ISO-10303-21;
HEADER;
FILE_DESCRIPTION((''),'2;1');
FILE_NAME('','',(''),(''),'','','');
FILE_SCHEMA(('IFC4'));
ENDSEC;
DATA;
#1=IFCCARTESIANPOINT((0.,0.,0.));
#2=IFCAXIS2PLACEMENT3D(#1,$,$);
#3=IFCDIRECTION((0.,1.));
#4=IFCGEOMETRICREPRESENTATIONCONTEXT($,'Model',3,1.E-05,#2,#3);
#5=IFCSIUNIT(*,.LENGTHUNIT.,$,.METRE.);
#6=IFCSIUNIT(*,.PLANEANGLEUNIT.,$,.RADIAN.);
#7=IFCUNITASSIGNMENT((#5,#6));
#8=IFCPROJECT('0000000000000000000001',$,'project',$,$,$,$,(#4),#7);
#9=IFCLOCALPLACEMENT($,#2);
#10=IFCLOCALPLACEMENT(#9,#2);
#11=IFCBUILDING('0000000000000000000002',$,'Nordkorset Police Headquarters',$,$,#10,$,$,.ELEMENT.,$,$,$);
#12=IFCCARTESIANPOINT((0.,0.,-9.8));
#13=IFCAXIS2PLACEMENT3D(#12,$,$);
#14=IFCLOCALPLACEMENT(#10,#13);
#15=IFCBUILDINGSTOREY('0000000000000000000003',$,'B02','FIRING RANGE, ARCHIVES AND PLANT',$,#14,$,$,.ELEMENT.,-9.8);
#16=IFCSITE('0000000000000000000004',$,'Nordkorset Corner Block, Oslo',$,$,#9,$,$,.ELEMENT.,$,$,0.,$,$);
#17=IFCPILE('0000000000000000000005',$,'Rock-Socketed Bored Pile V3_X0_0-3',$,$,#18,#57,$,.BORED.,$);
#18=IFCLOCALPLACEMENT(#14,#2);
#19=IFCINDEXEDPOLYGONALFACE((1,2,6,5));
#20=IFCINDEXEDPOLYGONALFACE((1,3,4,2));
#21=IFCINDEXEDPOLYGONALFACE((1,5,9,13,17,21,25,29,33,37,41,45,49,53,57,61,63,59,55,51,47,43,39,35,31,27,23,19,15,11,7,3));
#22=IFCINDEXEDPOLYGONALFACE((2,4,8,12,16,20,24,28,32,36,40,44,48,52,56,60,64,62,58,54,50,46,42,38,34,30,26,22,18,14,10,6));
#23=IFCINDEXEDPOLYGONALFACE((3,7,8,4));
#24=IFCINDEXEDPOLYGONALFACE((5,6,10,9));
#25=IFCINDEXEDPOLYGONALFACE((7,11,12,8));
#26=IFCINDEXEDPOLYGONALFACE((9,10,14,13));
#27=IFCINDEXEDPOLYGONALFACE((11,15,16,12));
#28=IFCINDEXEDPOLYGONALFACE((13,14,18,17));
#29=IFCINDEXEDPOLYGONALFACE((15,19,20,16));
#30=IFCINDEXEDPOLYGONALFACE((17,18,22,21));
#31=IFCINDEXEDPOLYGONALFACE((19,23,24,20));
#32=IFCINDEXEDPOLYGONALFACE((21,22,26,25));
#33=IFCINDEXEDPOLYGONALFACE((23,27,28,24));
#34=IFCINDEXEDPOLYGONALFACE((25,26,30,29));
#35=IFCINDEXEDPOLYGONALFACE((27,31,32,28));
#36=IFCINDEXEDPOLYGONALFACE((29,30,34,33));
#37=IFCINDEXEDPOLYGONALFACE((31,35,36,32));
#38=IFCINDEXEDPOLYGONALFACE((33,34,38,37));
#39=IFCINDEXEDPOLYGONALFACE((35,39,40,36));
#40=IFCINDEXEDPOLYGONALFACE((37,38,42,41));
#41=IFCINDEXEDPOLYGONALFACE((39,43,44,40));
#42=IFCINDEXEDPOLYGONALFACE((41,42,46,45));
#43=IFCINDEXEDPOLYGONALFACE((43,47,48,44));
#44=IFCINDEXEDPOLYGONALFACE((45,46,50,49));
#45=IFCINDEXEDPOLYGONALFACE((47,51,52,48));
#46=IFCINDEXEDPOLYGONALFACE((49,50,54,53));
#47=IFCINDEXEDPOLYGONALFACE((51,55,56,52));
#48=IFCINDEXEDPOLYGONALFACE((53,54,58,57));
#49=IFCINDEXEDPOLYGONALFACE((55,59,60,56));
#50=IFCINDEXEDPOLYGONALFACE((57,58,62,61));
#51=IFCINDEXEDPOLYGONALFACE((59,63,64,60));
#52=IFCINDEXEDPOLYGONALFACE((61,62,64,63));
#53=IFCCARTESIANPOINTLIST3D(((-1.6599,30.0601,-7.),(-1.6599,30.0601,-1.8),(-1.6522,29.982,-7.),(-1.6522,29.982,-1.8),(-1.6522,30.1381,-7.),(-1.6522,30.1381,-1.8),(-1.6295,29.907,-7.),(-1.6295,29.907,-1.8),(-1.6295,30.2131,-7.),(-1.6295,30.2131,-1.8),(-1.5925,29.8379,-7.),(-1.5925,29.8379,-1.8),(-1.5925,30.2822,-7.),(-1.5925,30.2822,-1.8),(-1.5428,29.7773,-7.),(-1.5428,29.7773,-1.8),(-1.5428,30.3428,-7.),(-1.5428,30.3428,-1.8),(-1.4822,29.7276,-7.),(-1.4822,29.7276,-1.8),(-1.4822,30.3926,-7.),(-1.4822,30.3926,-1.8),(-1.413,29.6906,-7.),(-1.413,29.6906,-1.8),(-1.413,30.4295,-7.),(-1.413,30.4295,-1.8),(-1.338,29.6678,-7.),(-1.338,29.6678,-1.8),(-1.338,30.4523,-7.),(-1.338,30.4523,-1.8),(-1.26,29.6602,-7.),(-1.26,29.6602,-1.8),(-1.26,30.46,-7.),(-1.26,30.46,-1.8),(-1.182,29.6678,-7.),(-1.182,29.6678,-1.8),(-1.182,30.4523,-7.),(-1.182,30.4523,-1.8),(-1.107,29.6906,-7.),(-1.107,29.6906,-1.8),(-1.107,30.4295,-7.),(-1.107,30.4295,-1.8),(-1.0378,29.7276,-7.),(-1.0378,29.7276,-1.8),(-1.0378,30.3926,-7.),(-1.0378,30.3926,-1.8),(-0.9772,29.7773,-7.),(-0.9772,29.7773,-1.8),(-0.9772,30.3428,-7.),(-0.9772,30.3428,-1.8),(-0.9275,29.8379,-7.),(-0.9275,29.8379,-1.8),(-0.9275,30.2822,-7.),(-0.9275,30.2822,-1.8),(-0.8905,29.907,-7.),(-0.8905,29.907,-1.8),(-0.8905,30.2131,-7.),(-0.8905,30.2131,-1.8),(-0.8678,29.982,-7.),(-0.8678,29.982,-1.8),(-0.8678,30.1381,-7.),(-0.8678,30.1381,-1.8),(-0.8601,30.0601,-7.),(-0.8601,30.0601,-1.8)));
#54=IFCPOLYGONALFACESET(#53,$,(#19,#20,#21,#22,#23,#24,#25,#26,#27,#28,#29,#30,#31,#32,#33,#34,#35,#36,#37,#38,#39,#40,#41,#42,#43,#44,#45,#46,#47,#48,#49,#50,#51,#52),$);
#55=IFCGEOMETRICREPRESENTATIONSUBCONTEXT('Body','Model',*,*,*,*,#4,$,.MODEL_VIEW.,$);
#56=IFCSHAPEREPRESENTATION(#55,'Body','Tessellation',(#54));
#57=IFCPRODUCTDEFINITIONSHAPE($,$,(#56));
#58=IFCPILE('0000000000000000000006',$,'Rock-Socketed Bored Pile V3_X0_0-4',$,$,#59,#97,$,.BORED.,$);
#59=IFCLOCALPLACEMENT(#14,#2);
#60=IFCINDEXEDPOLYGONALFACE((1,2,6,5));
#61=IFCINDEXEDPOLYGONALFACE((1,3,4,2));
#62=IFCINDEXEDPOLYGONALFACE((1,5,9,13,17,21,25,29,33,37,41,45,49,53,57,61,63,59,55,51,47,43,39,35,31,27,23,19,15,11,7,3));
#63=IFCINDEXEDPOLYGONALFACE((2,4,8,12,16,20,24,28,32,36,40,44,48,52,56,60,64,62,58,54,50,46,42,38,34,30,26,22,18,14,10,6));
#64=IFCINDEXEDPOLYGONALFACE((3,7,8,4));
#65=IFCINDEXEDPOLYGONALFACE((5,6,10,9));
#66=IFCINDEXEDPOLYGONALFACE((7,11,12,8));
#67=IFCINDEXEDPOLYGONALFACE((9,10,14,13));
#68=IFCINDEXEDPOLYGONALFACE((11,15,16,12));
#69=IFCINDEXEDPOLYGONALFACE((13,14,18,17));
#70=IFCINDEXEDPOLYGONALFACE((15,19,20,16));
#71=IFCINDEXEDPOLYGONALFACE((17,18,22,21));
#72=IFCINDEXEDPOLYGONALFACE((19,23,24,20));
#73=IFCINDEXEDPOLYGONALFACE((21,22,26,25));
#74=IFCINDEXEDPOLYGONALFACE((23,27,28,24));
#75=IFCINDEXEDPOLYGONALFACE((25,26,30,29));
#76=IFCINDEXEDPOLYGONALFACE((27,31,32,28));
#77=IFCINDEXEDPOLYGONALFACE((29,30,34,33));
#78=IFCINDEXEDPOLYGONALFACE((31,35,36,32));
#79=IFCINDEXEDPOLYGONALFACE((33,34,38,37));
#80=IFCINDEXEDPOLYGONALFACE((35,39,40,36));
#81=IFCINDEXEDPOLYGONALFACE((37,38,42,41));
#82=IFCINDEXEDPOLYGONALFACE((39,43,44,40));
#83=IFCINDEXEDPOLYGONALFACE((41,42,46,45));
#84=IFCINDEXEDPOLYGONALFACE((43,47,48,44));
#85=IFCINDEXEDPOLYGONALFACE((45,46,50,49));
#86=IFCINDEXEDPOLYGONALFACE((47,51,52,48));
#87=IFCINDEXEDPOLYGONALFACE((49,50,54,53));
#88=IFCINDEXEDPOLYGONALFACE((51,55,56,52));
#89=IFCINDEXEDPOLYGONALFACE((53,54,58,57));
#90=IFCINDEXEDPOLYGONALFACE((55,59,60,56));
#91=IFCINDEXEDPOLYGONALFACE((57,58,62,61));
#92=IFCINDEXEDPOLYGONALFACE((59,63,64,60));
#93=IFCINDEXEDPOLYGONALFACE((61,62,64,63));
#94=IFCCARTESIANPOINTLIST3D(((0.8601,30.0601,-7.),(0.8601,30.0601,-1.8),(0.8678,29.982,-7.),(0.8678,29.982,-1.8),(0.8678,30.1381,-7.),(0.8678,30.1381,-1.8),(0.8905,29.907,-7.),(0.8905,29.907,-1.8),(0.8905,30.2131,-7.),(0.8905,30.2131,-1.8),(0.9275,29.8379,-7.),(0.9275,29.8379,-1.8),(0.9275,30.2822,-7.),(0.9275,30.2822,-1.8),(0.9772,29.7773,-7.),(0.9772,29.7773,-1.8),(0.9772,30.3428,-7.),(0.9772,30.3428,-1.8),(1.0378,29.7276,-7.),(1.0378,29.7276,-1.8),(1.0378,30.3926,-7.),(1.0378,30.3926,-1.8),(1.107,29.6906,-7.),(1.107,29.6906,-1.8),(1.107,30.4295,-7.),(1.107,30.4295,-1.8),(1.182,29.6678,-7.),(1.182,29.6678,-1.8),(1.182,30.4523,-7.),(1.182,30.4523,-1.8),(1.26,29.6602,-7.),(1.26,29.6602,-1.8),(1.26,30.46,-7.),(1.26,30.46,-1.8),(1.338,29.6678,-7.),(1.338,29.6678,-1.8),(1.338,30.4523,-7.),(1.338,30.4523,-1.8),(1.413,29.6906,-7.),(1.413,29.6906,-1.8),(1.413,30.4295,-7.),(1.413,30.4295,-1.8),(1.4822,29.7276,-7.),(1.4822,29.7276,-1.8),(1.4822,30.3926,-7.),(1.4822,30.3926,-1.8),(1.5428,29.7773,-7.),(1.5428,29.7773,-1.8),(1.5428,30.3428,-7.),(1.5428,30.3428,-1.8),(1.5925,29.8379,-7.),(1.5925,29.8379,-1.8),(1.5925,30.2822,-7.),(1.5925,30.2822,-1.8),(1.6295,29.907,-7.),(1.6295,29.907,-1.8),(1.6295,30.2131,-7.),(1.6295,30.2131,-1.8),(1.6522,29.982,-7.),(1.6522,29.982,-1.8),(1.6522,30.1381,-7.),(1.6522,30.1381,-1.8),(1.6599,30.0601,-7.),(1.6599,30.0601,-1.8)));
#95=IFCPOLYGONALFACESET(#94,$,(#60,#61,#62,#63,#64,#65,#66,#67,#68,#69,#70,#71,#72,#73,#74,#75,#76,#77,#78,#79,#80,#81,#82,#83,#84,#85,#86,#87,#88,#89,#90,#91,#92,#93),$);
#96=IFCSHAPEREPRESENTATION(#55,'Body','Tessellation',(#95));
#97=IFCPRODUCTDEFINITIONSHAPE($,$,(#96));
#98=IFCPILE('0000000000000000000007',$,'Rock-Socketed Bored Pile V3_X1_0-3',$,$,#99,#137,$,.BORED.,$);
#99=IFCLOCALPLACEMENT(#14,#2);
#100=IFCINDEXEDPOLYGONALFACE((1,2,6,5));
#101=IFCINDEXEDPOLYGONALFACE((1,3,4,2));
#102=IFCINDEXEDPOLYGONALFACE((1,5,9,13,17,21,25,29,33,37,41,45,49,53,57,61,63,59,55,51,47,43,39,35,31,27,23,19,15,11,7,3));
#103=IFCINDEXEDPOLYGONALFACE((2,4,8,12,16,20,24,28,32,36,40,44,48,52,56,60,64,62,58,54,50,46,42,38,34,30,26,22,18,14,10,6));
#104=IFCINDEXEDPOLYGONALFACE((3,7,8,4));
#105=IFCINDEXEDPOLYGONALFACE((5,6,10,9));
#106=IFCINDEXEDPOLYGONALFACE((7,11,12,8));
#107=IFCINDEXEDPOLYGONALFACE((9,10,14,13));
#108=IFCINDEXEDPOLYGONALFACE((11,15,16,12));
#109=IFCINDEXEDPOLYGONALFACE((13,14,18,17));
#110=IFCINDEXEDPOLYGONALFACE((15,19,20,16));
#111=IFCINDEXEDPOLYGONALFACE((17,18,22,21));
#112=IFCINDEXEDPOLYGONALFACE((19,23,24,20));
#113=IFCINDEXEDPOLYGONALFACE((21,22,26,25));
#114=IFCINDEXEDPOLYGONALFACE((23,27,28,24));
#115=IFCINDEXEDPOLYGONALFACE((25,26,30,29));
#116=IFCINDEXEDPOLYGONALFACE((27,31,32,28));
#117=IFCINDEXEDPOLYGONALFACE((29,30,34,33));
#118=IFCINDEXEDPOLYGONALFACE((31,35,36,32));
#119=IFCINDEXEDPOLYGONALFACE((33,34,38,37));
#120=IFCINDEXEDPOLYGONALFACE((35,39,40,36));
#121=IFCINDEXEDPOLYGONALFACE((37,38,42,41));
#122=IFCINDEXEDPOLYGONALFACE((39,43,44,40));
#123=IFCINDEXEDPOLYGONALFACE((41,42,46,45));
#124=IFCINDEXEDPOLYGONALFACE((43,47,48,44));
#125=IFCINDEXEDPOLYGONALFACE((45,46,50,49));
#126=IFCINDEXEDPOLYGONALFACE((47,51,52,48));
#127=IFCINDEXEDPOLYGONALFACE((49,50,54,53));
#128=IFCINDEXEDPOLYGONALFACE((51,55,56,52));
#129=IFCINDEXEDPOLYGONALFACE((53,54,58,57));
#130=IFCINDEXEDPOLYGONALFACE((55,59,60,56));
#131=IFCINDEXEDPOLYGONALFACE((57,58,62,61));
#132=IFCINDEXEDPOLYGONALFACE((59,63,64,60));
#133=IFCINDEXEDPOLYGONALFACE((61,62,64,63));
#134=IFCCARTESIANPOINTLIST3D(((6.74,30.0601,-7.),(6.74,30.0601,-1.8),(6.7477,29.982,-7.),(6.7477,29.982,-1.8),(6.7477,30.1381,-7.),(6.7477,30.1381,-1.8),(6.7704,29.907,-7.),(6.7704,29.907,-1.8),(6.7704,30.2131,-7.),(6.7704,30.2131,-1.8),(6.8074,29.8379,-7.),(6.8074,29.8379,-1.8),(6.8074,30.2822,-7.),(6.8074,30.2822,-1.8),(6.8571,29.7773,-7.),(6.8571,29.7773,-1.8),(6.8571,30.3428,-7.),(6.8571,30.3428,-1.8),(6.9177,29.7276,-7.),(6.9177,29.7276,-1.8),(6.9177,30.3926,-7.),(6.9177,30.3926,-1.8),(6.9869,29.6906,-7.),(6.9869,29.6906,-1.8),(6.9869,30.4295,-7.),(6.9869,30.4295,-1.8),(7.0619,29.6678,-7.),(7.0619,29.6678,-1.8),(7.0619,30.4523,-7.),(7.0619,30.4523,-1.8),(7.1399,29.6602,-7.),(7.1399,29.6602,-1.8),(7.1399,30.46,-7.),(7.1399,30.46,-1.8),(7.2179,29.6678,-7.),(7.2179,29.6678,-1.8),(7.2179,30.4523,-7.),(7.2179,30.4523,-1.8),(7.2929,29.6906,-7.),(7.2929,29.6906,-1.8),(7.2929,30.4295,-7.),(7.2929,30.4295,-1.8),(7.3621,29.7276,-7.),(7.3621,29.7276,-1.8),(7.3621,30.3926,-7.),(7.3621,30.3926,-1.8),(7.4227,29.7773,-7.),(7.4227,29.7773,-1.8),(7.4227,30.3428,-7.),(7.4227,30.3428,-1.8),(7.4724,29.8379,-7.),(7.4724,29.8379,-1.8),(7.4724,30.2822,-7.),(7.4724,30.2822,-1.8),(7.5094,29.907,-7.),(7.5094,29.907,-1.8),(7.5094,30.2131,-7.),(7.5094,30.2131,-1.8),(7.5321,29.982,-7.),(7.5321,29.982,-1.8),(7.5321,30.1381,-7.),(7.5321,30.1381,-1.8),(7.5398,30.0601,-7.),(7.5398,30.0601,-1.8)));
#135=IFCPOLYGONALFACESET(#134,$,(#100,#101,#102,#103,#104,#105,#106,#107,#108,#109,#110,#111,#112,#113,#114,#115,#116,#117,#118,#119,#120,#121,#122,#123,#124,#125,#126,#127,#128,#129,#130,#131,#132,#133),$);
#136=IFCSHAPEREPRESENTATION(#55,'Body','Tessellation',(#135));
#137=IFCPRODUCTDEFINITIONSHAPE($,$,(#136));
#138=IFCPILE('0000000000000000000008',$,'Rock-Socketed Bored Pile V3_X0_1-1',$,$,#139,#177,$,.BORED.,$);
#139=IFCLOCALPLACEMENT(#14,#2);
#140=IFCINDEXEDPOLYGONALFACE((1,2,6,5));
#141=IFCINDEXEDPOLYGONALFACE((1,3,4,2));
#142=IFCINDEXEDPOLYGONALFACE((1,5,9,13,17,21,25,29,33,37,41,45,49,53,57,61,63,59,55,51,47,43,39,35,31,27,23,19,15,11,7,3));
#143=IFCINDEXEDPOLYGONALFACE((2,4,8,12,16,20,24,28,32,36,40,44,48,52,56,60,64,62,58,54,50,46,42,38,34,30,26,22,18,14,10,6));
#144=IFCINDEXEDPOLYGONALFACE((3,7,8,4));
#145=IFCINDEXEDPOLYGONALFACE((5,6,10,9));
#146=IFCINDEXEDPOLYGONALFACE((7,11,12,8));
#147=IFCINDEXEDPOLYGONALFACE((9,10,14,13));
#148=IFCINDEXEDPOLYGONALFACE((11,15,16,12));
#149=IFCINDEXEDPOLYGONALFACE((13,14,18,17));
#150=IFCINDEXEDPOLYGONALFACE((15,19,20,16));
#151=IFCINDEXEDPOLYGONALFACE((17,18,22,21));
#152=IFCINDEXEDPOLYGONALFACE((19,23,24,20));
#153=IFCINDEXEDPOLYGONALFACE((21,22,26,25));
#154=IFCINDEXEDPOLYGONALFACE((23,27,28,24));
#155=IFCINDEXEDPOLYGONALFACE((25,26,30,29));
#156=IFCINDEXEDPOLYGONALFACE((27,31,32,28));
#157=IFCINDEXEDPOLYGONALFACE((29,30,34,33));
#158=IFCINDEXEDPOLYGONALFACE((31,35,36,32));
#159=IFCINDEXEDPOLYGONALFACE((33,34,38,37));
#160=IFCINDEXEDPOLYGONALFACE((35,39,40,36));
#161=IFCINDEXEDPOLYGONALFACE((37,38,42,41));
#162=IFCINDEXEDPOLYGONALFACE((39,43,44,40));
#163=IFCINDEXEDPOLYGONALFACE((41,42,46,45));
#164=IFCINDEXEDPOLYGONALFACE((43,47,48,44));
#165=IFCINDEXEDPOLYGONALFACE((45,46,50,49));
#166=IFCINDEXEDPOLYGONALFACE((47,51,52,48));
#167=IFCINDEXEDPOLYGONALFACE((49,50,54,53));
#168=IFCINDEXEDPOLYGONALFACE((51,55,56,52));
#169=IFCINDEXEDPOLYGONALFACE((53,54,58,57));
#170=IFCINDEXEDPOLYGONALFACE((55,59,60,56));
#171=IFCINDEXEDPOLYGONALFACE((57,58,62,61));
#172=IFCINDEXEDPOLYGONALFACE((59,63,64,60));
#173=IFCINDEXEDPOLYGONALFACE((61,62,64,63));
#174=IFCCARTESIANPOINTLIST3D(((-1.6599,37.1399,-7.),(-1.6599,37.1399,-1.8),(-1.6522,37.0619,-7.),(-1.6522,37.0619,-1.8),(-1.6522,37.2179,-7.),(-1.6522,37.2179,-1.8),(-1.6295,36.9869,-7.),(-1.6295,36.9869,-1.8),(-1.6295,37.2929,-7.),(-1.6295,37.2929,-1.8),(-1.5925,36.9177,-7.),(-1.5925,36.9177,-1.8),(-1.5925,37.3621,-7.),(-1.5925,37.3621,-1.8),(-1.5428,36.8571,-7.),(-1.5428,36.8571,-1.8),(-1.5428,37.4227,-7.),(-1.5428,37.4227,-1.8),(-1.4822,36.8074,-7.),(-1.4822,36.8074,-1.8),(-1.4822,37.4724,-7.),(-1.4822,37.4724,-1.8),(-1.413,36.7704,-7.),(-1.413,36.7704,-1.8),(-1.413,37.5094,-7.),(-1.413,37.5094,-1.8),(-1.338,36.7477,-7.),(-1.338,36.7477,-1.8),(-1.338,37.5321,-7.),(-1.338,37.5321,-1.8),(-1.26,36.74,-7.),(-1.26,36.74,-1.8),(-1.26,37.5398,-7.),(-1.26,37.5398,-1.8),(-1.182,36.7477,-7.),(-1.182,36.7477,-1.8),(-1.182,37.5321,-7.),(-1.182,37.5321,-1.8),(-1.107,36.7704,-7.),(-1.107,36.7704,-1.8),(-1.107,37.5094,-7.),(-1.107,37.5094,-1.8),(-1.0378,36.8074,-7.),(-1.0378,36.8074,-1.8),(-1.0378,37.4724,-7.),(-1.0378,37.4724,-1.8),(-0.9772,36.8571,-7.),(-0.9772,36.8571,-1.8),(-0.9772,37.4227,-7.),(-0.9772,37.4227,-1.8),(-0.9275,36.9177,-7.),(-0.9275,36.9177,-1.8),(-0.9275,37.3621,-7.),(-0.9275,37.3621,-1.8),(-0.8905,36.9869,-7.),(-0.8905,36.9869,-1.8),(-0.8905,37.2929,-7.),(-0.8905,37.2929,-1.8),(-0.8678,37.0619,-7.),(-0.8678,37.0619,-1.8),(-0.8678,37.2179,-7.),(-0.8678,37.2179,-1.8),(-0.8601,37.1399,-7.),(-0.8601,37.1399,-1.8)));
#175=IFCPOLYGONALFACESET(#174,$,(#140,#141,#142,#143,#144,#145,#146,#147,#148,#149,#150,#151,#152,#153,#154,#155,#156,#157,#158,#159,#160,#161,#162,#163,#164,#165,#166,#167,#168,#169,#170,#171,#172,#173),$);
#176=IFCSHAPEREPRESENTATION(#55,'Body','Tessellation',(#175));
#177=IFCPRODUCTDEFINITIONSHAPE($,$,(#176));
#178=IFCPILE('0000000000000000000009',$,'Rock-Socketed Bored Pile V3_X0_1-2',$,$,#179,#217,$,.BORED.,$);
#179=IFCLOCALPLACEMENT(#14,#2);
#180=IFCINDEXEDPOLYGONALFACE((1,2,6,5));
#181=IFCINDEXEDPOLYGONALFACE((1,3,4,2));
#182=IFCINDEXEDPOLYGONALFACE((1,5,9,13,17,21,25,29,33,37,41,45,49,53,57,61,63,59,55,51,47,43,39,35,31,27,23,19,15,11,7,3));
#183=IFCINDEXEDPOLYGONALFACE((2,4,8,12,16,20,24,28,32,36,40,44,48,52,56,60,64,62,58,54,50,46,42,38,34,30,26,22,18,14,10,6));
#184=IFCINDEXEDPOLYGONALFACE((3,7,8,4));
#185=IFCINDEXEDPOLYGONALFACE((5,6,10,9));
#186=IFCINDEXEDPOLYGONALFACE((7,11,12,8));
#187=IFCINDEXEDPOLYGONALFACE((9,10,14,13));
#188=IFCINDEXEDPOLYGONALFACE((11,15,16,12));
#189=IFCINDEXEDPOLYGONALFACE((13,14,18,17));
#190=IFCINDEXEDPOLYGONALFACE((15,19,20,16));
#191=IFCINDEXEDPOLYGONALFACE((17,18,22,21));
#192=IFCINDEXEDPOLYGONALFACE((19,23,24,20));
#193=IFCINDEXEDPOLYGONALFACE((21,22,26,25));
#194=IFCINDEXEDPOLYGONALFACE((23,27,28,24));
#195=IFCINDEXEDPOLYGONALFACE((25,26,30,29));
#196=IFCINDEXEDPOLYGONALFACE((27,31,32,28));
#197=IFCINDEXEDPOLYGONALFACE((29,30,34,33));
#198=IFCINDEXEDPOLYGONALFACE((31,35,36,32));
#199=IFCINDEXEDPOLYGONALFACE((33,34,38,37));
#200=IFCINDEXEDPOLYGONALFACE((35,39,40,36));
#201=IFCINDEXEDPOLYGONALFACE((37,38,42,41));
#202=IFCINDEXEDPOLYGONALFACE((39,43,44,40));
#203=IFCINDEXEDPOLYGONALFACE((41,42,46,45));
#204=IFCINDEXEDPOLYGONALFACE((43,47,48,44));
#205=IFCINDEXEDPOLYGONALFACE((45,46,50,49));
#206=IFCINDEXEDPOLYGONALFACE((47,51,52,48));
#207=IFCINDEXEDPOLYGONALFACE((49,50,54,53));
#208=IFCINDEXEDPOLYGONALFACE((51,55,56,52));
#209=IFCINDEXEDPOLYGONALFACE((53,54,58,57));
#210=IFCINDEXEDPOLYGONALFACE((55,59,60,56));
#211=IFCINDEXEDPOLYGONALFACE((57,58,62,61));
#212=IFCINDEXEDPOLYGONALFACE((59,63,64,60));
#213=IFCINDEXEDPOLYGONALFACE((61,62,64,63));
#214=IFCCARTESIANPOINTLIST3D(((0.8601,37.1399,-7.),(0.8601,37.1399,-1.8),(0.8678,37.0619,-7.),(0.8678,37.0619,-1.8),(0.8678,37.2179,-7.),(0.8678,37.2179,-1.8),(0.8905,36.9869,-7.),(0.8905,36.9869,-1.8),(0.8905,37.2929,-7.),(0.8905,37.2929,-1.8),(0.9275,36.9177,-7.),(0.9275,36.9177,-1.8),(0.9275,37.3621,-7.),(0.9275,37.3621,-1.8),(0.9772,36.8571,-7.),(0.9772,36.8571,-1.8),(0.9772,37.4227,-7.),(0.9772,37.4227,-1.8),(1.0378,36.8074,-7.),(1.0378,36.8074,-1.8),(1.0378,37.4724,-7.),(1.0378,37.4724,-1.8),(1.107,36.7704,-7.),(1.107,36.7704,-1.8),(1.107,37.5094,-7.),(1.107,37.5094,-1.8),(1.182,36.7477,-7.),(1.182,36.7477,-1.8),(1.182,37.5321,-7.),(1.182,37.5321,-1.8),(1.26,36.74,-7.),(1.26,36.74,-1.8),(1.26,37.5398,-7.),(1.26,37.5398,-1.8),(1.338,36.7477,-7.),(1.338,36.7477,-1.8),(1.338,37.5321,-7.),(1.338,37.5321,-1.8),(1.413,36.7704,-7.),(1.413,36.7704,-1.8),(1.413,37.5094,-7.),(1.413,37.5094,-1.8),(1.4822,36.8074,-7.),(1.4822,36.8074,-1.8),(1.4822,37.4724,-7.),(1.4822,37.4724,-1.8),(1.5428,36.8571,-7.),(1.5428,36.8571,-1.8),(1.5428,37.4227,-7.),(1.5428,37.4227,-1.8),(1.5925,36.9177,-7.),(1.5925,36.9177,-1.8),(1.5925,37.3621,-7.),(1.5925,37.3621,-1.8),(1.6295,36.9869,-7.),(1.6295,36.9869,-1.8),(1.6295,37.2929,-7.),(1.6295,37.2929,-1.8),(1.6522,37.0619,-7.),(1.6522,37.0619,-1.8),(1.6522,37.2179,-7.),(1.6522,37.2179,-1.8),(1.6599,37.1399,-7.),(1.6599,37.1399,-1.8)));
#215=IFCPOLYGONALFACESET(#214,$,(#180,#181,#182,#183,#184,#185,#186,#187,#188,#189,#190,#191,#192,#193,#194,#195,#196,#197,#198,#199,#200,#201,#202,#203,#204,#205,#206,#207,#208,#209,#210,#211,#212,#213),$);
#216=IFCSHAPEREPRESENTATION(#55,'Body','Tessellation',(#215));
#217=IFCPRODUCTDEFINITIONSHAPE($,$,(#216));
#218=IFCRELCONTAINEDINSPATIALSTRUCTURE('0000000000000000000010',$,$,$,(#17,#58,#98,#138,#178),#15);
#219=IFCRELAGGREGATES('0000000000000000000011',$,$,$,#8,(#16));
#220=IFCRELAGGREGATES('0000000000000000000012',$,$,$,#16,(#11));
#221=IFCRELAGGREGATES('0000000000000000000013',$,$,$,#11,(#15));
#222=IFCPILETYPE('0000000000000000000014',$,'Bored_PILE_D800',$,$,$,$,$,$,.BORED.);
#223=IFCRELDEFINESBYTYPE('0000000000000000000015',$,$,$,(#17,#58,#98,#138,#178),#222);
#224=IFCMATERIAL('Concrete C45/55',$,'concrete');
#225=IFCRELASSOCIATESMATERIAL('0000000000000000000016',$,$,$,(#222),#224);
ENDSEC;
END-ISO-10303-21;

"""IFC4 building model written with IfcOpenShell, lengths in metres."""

from ifc_helpers import new_model, si_unit, direction, frame, origin, origin_2d, place, context, subcontext, project, spatial, circle, extrude, material, material_profile, profile_set, type_object, element, save


model = new_model("IFC4")

# Units and contexts
model_context = context("Model", 3, precision=1e-05, world=origin(), true_north=direction((0.0, 1.0)))
body_context = subcontext(model_context, "Body", "Model", "MODEL_VIEW")
ifc_project = project(units=[si_unit("LENGTHUNIT", "METRE"), si_unit("PLANEANGLEUNIT", "RADIAN")], contexts=[model_context])

# Site, building, storey
site_placement = place(None, origin())
site = spatial("IfcSite", under=ifc_project, at=site_placement, Name="Nordkorset Corner Block, Oslo", CompositionType="ELEMENT", RefElevation=0.0)
building_placement = place(site_placement, origin())
building = spatial("IfcBuilding", under=site, at=building_placement, Name="Nordkorset Police Headquarters", CompositionType="ELEMENT")
storey_placement = place(building_placement, frame((0.0, 0.0, -9.8)))
storey = spatial("IfcBuildingStorey", under=building, at=storey_placement, Name="B02", Description="FIRING RANGE, ARCHIVES AND PLANT", CompositionType="ELEMENT", Elevation=-9.8)

# Piles
ifc_material_1 = material(Name="Concrete C45/55", Category="concrete")
ifc_material_profile_1 = material_profile(ifc_material_1, circle(Radius=0.3999, at=origin_2d()), Name="PILE D800")
ifc_profile_set_1 = profile_set([ifc_material_profile_1], Name="Concrete C45/55")
pile_type = type_object("IfcPileType", Name="Bored_PILE_D800", PredefinedType="BORED", material=ifc_profile_set_1)
for number, where, z_axis, x_axis, name in (
    (1, (-1.26, 30.0601, -1.8), (0.0, 0.0, -1.0), (1.0, 0.0, 0.0), "Rock-Socketed Bored Pile V3_X0_0-3"),
    (2, (1.26, 30.0601, -1.8), (0.0, 0.0, -1.0), (1.0, 0.0, 0.0), "Rock-Socketed Bored Pile V3_X0_0-4"),
    (3, (7.1399, 30.0601, -1.8), (0.0, 0.0, -1.0), (1.0, 0.0, 0.0), "Rock-Socketed Bored Pile V3_X1_0-3"),
    (4, (-1.26, 37.1399, -1.8), (0.0, 0.0, -1.0), (1.0, 0.0, 0.0), "Rock-Socketed Bored Pile V3_X0_1-1"),
    (5, (1.26, 37.1399, -1.8), (0.0, 0.0, -1.0), (1.0, 0.0, 0.0), "Rock-Socketed Bored Pile V3_X0_1-2"),
):
    element("IfcPile", number, at=place(storey_placement, frame(where, z_axis=z_axis, x_axis=x_axis)), inside=storey, type_object=pile_type, Name=name, PredefinedType="BORED", context=body_context, shape_type="SweptSolid", body=[
        extrude(circle(Radius=0.3999, at=origin_2d()), origin(), (0.0, 0.0, 1.0), 5.2),
    ])

save(model, "model.ifc")
